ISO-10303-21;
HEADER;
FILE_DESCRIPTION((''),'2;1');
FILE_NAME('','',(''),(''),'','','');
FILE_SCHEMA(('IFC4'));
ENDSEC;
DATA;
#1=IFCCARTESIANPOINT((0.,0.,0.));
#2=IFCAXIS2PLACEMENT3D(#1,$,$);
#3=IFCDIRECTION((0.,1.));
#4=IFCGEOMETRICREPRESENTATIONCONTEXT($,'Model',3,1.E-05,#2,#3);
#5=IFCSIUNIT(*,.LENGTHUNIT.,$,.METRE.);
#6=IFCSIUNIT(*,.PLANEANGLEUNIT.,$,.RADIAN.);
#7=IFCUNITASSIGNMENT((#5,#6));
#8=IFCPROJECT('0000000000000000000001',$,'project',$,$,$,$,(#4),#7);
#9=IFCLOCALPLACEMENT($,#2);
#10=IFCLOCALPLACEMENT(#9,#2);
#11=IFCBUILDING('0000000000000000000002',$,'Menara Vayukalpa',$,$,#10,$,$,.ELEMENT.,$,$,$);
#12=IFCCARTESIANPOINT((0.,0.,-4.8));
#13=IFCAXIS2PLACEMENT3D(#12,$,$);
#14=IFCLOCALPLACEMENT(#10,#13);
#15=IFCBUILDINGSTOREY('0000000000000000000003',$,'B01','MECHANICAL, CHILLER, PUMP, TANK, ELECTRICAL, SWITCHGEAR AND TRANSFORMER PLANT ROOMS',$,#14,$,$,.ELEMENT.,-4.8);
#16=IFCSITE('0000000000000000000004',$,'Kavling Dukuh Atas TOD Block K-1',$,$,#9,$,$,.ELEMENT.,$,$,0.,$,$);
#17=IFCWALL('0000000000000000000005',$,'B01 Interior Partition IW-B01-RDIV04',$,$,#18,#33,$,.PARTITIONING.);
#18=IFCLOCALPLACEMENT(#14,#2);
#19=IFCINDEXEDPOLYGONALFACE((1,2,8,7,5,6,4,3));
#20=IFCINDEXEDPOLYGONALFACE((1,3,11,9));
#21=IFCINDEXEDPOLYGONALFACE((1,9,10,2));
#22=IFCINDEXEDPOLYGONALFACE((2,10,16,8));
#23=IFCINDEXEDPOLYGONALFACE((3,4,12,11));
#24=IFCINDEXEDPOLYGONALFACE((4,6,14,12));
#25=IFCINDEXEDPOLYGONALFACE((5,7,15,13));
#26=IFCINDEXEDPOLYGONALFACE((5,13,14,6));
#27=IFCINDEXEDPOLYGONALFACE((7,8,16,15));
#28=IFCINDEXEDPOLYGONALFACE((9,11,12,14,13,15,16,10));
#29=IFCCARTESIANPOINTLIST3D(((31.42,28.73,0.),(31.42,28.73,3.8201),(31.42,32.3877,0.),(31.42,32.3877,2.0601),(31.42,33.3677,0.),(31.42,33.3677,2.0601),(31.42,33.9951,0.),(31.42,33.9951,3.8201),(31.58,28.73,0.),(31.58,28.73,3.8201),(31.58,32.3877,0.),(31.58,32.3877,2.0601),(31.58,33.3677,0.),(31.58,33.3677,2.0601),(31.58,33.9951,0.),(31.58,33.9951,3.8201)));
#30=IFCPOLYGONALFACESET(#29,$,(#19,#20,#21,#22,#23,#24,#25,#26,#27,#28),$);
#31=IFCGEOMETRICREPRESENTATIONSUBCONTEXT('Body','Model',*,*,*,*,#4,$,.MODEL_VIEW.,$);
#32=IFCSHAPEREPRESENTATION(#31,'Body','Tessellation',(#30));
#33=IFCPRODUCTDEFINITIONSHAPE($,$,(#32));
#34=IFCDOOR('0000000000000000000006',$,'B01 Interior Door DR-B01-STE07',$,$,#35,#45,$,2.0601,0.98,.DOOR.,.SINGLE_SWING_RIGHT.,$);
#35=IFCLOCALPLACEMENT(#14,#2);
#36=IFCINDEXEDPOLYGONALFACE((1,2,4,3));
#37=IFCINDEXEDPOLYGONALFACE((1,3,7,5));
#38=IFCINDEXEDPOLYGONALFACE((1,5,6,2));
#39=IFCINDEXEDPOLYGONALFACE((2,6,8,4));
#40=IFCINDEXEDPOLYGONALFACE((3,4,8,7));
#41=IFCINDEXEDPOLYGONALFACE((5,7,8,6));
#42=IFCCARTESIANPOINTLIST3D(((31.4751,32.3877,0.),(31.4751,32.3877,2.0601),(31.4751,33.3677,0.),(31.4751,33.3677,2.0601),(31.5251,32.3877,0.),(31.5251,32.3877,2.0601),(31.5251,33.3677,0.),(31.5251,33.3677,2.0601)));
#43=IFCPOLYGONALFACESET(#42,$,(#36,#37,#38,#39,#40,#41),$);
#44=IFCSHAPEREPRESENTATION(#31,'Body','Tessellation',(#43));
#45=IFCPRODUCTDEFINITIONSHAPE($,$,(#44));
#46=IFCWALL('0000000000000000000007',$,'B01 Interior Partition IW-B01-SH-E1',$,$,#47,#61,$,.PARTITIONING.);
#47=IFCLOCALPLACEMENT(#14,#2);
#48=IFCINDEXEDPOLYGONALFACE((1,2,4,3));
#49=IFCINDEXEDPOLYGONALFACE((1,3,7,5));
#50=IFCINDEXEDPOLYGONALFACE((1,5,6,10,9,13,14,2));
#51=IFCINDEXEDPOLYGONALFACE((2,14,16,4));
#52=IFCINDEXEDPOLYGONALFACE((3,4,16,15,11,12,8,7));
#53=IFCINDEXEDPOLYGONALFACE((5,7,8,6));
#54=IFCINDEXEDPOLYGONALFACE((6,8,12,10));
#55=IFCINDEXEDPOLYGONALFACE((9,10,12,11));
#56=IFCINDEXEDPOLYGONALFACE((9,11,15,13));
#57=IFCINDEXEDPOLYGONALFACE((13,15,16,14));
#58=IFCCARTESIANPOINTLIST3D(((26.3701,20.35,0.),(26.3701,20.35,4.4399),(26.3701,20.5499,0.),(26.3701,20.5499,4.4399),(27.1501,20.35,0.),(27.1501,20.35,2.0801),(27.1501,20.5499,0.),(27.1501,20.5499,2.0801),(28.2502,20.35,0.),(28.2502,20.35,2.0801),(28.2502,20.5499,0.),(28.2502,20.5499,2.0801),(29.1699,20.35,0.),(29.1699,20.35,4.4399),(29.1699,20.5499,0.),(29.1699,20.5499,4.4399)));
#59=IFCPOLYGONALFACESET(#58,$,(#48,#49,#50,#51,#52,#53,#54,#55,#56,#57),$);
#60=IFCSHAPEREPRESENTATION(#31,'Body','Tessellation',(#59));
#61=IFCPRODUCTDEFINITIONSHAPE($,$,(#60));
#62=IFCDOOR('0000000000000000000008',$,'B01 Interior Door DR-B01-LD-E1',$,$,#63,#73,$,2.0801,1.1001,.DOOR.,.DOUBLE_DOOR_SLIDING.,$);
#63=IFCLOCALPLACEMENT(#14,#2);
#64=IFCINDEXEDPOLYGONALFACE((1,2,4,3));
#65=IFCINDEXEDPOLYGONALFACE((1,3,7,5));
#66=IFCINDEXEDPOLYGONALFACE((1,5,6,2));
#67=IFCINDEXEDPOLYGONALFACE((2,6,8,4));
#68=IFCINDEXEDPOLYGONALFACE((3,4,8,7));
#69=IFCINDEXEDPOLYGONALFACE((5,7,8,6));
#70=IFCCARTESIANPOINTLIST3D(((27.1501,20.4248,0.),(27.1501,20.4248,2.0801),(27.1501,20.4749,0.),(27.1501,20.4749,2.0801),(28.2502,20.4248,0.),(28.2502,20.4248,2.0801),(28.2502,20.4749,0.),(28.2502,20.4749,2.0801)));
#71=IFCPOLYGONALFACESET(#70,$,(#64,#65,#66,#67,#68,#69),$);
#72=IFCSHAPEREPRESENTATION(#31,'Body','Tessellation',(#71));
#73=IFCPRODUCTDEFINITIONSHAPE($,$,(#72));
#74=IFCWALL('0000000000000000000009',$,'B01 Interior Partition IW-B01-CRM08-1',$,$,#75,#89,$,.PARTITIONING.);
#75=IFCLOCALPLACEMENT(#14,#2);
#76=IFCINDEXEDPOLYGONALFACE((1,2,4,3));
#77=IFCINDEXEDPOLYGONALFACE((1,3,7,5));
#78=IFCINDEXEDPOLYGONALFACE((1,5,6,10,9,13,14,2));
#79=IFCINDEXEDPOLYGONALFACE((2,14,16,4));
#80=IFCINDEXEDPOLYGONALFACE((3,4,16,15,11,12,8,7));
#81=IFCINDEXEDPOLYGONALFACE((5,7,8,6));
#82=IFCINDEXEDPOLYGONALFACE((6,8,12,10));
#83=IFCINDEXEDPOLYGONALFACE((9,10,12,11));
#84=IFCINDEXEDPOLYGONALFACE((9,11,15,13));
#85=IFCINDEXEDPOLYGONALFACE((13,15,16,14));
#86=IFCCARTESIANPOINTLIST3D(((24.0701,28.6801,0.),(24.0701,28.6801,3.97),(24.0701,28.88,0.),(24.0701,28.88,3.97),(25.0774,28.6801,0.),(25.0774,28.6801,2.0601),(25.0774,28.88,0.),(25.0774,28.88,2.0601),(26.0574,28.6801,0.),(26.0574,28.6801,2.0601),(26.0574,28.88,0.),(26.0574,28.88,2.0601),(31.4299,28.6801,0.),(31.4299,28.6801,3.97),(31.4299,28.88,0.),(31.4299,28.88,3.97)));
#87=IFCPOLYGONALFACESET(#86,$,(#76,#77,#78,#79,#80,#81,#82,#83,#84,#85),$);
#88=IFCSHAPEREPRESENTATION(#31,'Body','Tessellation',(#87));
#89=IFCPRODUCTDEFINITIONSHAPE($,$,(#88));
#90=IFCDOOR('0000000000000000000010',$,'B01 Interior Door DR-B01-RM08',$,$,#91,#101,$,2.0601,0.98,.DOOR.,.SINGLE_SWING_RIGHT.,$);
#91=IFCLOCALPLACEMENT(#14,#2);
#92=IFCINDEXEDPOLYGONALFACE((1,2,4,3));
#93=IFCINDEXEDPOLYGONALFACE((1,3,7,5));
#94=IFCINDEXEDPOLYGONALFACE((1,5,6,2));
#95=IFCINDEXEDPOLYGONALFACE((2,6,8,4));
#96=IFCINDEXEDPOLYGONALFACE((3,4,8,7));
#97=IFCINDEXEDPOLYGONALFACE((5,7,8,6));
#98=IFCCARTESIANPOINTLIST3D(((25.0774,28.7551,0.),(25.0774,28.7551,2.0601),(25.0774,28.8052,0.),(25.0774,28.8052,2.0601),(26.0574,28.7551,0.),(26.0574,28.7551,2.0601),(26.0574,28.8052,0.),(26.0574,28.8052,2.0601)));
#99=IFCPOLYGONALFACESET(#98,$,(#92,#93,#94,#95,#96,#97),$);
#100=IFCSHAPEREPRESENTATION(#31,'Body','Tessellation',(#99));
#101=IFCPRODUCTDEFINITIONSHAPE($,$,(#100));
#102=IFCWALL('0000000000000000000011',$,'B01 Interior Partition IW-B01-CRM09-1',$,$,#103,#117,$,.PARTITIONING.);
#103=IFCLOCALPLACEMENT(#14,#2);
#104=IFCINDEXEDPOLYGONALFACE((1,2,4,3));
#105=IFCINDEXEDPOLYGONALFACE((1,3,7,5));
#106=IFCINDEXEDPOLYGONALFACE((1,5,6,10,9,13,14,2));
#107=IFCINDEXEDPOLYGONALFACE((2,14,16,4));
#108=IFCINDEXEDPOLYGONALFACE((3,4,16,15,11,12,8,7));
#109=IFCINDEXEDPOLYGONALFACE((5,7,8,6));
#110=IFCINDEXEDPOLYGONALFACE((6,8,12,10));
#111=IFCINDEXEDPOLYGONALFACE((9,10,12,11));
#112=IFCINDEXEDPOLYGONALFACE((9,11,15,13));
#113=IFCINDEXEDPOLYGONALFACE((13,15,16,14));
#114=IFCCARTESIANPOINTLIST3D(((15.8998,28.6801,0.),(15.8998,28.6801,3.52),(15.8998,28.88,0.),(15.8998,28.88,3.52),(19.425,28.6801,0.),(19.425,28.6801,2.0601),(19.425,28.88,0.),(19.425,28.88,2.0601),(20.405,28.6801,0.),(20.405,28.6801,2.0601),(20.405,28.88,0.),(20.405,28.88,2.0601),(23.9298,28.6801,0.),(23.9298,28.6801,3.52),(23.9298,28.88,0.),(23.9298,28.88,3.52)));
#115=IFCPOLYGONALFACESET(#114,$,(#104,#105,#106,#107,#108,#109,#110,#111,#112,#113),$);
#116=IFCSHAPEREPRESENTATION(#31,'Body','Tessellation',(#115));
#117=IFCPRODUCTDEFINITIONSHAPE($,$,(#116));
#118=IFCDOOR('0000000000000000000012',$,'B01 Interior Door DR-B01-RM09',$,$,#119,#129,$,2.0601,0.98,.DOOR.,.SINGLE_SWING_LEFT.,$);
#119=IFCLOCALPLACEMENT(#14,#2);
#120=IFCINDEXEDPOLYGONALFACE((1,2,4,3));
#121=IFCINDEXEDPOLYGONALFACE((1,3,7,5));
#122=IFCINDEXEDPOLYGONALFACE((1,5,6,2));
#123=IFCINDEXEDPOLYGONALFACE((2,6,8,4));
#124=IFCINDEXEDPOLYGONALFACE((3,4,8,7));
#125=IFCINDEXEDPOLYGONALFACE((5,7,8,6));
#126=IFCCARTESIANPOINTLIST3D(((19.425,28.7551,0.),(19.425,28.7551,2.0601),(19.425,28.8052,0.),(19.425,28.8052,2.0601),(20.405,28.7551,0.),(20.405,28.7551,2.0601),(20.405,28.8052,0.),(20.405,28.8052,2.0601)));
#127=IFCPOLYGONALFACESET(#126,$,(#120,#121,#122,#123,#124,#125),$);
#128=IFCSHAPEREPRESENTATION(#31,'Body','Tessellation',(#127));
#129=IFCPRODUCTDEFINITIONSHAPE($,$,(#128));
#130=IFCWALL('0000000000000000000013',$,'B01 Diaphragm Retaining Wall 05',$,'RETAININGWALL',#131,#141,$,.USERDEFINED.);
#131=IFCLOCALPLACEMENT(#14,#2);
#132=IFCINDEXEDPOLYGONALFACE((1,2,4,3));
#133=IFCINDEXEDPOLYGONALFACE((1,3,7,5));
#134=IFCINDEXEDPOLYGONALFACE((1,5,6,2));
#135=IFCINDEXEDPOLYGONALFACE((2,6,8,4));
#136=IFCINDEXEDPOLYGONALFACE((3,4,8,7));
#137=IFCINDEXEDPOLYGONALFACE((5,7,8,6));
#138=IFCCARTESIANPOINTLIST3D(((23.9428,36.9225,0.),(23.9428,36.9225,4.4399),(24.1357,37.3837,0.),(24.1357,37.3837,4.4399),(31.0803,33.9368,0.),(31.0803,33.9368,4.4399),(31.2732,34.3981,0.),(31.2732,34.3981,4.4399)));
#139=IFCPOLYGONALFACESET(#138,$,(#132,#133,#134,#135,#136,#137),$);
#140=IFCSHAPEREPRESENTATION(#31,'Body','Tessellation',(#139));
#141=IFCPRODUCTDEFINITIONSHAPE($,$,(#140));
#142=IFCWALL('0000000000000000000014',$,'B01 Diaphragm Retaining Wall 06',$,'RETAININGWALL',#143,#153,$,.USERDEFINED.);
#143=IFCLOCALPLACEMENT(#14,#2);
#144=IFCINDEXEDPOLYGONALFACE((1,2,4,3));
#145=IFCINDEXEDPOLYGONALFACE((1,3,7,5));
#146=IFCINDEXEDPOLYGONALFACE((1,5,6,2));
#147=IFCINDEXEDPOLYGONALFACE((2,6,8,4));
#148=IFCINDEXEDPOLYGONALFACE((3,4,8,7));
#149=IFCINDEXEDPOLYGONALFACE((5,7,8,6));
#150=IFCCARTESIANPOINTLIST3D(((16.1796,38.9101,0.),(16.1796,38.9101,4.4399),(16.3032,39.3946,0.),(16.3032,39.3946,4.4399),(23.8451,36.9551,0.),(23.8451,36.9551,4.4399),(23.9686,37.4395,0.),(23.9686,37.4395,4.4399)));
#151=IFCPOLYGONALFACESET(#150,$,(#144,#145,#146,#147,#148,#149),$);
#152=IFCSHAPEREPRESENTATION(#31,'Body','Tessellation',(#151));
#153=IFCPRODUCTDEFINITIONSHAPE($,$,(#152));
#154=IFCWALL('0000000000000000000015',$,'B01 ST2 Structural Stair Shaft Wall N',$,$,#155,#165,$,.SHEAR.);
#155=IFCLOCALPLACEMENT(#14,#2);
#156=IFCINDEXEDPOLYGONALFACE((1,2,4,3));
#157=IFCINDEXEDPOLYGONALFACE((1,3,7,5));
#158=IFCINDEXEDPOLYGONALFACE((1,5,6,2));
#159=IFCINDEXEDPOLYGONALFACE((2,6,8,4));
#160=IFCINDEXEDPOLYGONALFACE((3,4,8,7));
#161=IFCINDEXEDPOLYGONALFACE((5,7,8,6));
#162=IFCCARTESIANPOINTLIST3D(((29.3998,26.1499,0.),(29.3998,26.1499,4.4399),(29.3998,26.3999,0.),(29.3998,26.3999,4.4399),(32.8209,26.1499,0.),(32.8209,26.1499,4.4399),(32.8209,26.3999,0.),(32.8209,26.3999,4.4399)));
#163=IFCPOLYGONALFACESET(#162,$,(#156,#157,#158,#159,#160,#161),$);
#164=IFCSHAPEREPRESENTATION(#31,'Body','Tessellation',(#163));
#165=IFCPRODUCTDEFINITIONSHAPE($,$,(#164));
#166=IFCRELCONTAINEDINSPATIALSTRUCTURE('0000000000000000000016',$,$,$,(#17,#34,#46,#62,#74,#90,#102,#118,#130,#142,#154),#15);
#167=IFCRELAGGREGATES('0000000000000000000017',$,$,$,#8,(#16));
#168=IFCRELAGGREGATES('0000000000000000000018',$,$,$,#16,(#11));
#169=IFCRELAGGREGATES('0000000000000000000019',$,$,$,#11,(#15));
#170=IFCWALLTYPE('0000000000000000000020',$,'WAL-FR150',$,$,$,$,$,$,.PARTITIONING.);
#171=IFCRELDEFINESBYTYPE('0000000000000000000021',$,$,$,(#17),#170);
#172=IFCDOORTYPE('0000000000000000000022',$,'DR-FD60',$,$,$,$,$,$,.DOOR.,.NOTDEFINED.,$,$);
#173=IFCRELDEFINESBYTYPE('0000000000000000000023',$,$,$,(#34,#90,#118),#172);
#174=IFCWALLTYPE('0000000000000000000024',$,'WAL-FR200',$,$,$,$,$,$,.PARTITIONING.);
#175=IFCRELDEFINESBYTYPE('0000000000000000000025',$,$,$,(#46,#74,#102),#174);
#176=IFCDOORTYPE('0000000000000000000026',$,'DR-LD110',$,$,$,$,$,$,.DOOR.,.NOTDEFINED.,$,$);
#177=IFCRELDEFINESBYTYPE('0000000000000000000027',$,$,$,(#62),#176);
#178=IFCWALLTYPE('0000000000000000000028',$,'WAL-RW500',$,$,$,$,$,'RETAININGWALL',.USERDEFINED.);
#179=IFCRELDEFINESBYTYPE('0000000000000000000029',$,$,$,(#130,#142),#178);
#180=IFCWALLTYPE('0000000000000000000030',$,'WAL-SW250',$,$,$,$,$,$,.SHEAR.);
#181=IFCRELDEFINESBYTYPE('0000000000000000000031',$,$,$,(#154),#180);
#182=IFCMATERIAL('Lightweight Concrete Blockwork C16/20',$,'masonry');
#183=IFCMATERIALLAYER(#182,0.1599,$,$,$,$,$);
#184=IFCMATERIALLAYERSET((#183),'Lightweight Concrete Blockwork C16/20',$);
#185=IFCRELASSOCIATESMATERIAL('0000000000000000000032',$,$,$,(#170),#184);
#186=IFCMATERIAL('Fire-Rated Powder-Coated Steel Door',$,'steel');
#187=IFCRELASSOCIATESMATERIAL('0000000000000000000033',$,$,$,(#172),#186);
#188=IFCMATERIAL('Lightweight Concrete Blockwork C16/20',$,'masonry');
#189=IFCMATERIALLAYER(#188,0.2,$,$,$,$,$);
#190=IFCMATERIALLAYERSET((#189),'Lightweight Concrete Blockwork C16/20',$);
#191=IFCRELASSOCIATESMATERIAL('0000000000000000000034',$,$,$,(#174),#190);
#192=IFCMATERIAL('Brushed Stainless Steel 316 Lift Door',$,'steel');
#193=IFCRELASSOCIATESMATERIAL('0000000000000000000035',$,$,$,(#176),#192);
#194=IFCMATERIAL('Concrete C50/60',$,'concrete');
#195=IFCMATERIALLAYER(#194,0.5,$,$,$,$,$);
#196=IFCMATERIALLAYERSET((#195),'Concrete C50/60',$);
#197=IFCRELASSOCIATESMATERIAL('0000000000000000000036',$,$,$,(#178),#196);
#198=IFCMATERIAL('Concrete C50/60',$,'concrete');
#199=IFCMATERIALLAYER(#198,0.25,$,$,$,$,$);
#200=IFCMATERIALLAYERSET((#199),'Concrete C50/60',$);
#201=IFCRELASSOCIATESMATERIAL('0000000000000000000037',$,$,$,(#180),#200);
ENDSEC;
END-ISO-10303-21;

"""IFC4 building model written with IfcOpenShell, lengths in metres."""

from ifc_helpers import new_model, si_unit, direction, frame, frame_2d, origin, place, context, subcontext, project, spatial, rectangle, extrude, material, layer, layer_set, type_object, element, fill, save


model = new_model("IFC4")

# Units and contexts
model_context = context("Model", 3, precision=1e-05, world=origin(), true_north=direction((0.0, 1.0)))
body_context = subcontext(model_context, "Body", "Model", "MODEL_VIEW")
ifc_project = project(units=[si_unit("LENGTHUNIT", "METRE"), si_unit("PLANEANGLEUNIT", "RADIAN")], contexts=[model_context])

# Site, building, storey
site_placement = place(None, origin())
site = spatial("IfcSite", under=ifc_project, at=site_placement, Name="Kavling Dukuh Atas TOD Block K-1", CompositionType="ELEMENT", RefElevation=0.0)
building_placement = place(site_placement, origin())
building = spatial("IfcBuilding", under=site, at=building_placement, Name="Menara Vayukalpa", CompositionType="ELEMENT")
storey_placement = place(building_placement, frame((0.0, 0.0, -4.8)))
storey = spatial("IfcBuildingStorey", under=building, at=storey_placement, Name="B01", Description="MECHANICAL, CHILLER, PUMP, TANK, ELECTRICAL, SWITCHGEAR AND TRANSFORMER PLANT ROOMS", CompositionType="ELEMENT", Elevation=-4.8)

# Shared definitions
ifc_material_1 = material(Name="Lightweight Concrete Blockwork C16/20", Category="masonry")
ifc_layer_1 = layer(ifc_material_1, 0.1599)
ifc_layer_set_1 = layer_set([ifc_layer_1], Name="Lightweight Concrete Blockwork C16/20")
wall_type_1 = type_object("IfcWallType", Name="WAL-FR150", PredefinedType="PARTITIONING", material=ifc_layer_set_1)

# Walls, openings, doors
wall_1_placement = place(storey_placement, frame((31.5, 28.73, 0.0), z_axis=(0.0, 0.0, 1.0), x_axis=(0.0, 1.0, 0.0)))
wall_1 = element("IfcWall", 1, at=wall_1_placement, inside=storey, type_object=wall_type_1, Name="B01 Interior Partition IW-B01-RDIV04", PredefinedType="PARTITIONING", context=body_context, shape_type="SweptSolid", body=[
    extrude(rectangle(XDim=5.2651, YDim=0.1599, at=frame_2d((2.6326, 0.0))), origin(), (0.0, 0.0, 1.0), 3.8201),
])
opening_1_placement = place(wall_1_placement, frame((3.6577, 0.0, 0.0)))
opening_1 = element("IfcOpeningElement", 2, at=opening_1_placement, cuts=wall_1, PredefinedType="OPENING", context=body_context, shape_type="SweptSolid", body=[
    extrude(rectangle(XDim=0.98, YDim=2.0601, at=frame_2d((0.49, 1.03))), frame((0.0, 0.0898, 0.0), z_axis=(0.0, -1.0, 0.0), x_axis=(1.0, 0.0, 0.0)), (0.0, 0.0, 1.0), 0.1799),
])
ifc_material_2 = material(Name="Fire-Rated Powder-Coated Steel Door", Category="steel")
door_type_1 = type_object("IfcDoorType", Name="DR-FD60", OperationType="NOTDEFINED", PredefinedType="DOOR", material=ifc_material_2)
door_1_placement = place(opening_1_placement, origin())
door_1 = element("IfcDoor", 3, at=door_1_placement, inside=storey, type_object=door_type_1, Name="B01 Interior Door DR-B01-STE07", OperationType="SINGLE_SWING_RIGHT", OverallHeight=2.0601, OverallWidth=0.98, PredefinedType="DOOR", context=body_context, shape_type="SweptSolid", body=[
    extrude(rectangle(XDim=0.98, YDim=2.0601, at=frame_2d((0.49, 1.03))), frame((0.0, 0.0249, 0.0), z_axis=(0.0, -1.0, 0.0), x_axis=(1.0, 0.0, 0.0)), (0.0, 0.0, 1.0), 0.05),
])
fill(opening_1, door_1)
ifc_material_3 = material(Name="Lightweight Concrete Blockwork C16/20", Category="masonry")
ifc_layer_2 = layer(ifc_material_3, 0.2)
ifc_layer_set_2 = layer_set([ifc_layer_2], Name="Lightweight Concrete Blockwork C16/20")
wall_type_2 = type_object("IfcWallType", Name="WAL-FR200", PredefinedType="PARTITIONING", material=ifc_layer_set_2)
wall_2_placement = place(storey_placement, frame((26.3701, 20.45, 0.0), z_axis=(0.0, 0.0, 1.0), x_axis=(1.0, 0.0, 0.0)))
wall_2 = element("IfcWall", 4, at=wall_2_placement, inside=storey, type_object=wall_type_2, Name="B01 Interior Partition IW-B01-SH-E1", PredefinedType="PARTITIONING", context=body_context, shape_type="SweptSolid", body=[
    extrude(rectangle(XDim=2.7998, YDim=0.2, at=frame_2d((1.3999, 0.0))), origin(), (0.0, 0.0, 1.0), 4.4399),
])
opening_2_placement = place(wall_2_placement, frame((0.78, 0.0, 0.0)))
opening_2 = element("IfcOpeningElement", 5, at=opening_2_placement, cuts=wall_2, PredefinedType="OPENING", context=body_context, shape_type="SweptSolid", body=[
    extrude(rectangle(XDim=1.1001, YDim=2.0801, at=frame_2d((0.55, 1.04))), frame((0.0, 0.1099, 0.0), z_axis=(0.0, -1.0, 0.0), x_axis=(1.0, 0.0, 0.0)), (0.0, 0.0, 1.0), 0.22),
])
ifc_material_4 = material(Name="Brushed Stainless Steel 316 Lift Door", Category="steel")
door_type_2 = type_object("IfcDoorType", Name="DR-LD110", OperationType="NOTDEFINED", PredefinedType="DOOR", material=ifc_material_4)
door_2_placement = place(opening_2_placement, origin())
door_2 = element("IfcDoor", 6, at=door_2_placement, inside=storey, type_object=door_type_2, Name="B01 Interior Door DR-B01-LD-E1", OperationType="DOUBLE_DOOR_SLIDING", OverallHeight=2.0801, OverallWidth=1.1001, PredefinedType="DOOR", context=body_context, shape_type="SweptSolid", body=[
    extrude(rectangle(XDim=1.1001, YDim=2.0801, at=frame_2d((0.55, 1.04))), frame((0.0, 0.0249, 0.0), z_axis=(0.0, -1.0, 0.0), x_axis=(1.0, 0.0, 0.0)), (0.0, 0.0, 1.0), 0.05),
])
fill(opening_2, door_2)
wall_3_placement = place(storey_placement, frame((31.4299, 28.78, 0.0), z_axis=(0.0, 0.0, 1.0), x_axis=(-1.0, 0.0, 0.0)))
wall_3 = element("IfcWall", 7, at=wall_3_placement, inside=storey, type_object=wall_type_2, Name="B01 Interior Partition IW-B01-CRM08-1", PredefinedType="PARTITIONING", context=body_context, shape_type="SweptSolid", body=[
    extrude(rectangle(XDim=7.3599, YDim=0.2, at=frame_2d((3.6799, 0.0))), origin(), (0.0, 0.0, 1.0), 3.97),
])
opening_3_placement = place(wall_3_placement, frame((5.3726, 0.0, 0.0)))
opening_3 = element("IfcOpeningElement", 8, at=opening_3_placement, cuts=wall_3, PredefinedType="OPENING", context=body_context, shape_type="SweptSolid", body=[
    extrude(rectangle(XDim=0.98, YDim=2.0601, at=frame_2d((0.49, 1.03))), frame((0.0, 0.1099, 0.0), z_axis=(0.0, -1.0, 0.0), x_axis=(1.0, 0.0, 0.0)), (0.0, 0.0, 1.0), 0.22),
])
door_3_placement = place(opening_3_placement, origin())
door_3 = element("IfcDoor", 9, at=door_3_placement, inside=storey, type_object=door_type_1, Name="B01 Interior Door DR-B01-RM08", OperationType="SINGLE_SWING_RIGHT", OverallHeight=2.0601, OverallWidth=0.98, PredefinedType="DOOR", context=body_context, shape_type="SweptSolid", body=[
    extrude(rectangle(XDim=0.98, YDim=2.0601, at=frame_2d((0.49, 1.03))), frame((0.0, 0.0249, 0.0), z_axis=(0.0, -1.0, 0.0), x_axis=(1.0, 0.0, 0.0)), (0.0, 0.0, 1.0), 0.05),
])
fill(opening_3, door_3)
wall_4_placement = place(storey_placement, frame((23.9299, 28.78, 0.0), z_axis=(0.0, 0.0, 1.0), x_axis=(-1.0, 0.0, 0.0)))
wall_4 = element("IfcWall", 10, at=wall_4_placement, inside=storey, type_object=wall_type_2, Name="B01 Interior Partition IW-B01-CRM09-1", PredefinedType="PARTITIONING", context=body_context, shape_type="SweptSolid", body=[
    extrude(rectangle(XDim=8.03, YDim=0.2, at=frame_2d((4.0151, 0.0))), origin(), (0.0, 0.0, 1.0), 3.52),
])
opening_4_placement = place(wall_4_placement, frame((3.5249, 0.0, 0.0)))
opening_4 = element("IfcOpeningElement", 11, at=opening_4_placement, cuts=wall_4, PredefinedType="OPENING", context=body_context, shape_type="SweptSolid", body=[
    extrude(rectangle(XDim=0.98, YDim=2.0601, at=frame_2d((0.49, 1.03))), frame((0.0, 0.1099, 0.0), z_axis=(0.0, -1.0, 0.0), x_axis=(1.0, 0.0, 0.0)), (0.0, 0.0, 1.0), 0.22),
])
door_4_placement = place(opening_4_placement, origin())
door_4 = element("IfcDoor", 12, at=door_4_placement, inside=storey, type_object=door_type_1, Name="B01 Interior Door DR-B01-RM09", OperationType="SINGLE_SWING_LEFT", OverallHeight=2.0601, OverallWidth=0.98, PredefinedType="DOOR", context=body_context, shape_type="SweptSolid", body=[
    extrude(rectangle(XDim=0.98, YDim=2.0601, at=frame_2d((0.49, 1.03))), frame((0.0, 0.0249, 0.0), z_axis=(0.0, -1.0, 0.0), x_axis=(1.0, 0.0, 0.0)), (0.0, 0.0, 1.0), 0.05),
])
fill(opening_4, door_4)

# Walls
ifc_material_5 = material(Name="Concrete C50/60", Category="concrete")
ifc_layer_3 = layer(ifc_material_5, 0.5)
ifc_layer_set_3 = layer_set([ifc_layer_3], Name="Concrete C50/60")
wall_type_3 = type_object("IfcWallType", Name="WAL-RW500", ElementType="RETAININGWALL", PredefinedType="USERDEFINED", material=ifc_layer_set_3)
wall_5_placement = place(storey_placement, frame((31.1768, 34.1675, 0.0), z_axis=(0.0, 0.0, 1.0), x_axis=(-0.922541, 0.385899, 0.0)))
element("IfcWall", 13, at=wall_5_placement, inside=storey, type_object=wall_type_3, Name="B01 Diaphragm Retaining Wall 05", ObjectType="RETAININGWALL", PredefinedType="USERDEFINED", context=body_context, shape_type="SweptSolid", body=[
    extrude(rectangle(XDim=7.7368, YDim=0.5, at=frame_2d((3.8684, 0.0))), origin(), (0.0, 0.0, 1.0), 4.4399),
])
wall_6_placement = place(storey_placement, frame((23.907, 37.1973, 0.0), z_axis=(0.0, 0.0, 1.0), x_axis=(-0.968981, 0.247137, 0.0)))
element("IfcWall", 14, at=wall_6_placement, inside=storey, type_object=wall_type_3, Name="B01 Diaphragm Retaining Wall 06", ObjectType="RETAININGWALL", PredefinedType="USERDEFINED", context=body_context, shape_type="SweptSolid", body=[
    extrude(rectangle(XDim=7.9109, YDim=0.5, at=frame_2d((3.9556, 0.0))), origin(), (0.0, 0.0, 1.0), 4.4399),
])
ifc_material_6 = material(Name="Concrete C50/60", Category="concrete")
ifc_layer_4 = layer(ifc_material_6, 0.25)
ifc_layer_set_4 = layer_set([ifc_layer_4], Name="Concrete C50/60")
wall_type_4 = type_object("IfcWallType", Name="WAL-SW250", PredefinedType="SHEAR", material=ifc_layer_set_4)
wall_7_placement = place(storey_placement, frame((29.3999, 26.2749, 0.0), z_axis=(0.0, 0.0, 1.0), x_axis=(1.0, 0.0, 0.0)))
element("IfcWall", 15, at=wall_7_placement, inside=storey, type_object=wall_type_4, Name="B01 ST2 Structural Stair Shaft Wall N", PredefinedType="SHEAR", context=body_context, shape_type="SweptSolid", body=[
    extrude(rectangle(XDim=3.4211, YDim=0.25, at=frame_2d((1.7104, 0.0))), origin(), (0.0, 0.0, 1.0), 4.4399),
])

save(model, "model.ifc")
